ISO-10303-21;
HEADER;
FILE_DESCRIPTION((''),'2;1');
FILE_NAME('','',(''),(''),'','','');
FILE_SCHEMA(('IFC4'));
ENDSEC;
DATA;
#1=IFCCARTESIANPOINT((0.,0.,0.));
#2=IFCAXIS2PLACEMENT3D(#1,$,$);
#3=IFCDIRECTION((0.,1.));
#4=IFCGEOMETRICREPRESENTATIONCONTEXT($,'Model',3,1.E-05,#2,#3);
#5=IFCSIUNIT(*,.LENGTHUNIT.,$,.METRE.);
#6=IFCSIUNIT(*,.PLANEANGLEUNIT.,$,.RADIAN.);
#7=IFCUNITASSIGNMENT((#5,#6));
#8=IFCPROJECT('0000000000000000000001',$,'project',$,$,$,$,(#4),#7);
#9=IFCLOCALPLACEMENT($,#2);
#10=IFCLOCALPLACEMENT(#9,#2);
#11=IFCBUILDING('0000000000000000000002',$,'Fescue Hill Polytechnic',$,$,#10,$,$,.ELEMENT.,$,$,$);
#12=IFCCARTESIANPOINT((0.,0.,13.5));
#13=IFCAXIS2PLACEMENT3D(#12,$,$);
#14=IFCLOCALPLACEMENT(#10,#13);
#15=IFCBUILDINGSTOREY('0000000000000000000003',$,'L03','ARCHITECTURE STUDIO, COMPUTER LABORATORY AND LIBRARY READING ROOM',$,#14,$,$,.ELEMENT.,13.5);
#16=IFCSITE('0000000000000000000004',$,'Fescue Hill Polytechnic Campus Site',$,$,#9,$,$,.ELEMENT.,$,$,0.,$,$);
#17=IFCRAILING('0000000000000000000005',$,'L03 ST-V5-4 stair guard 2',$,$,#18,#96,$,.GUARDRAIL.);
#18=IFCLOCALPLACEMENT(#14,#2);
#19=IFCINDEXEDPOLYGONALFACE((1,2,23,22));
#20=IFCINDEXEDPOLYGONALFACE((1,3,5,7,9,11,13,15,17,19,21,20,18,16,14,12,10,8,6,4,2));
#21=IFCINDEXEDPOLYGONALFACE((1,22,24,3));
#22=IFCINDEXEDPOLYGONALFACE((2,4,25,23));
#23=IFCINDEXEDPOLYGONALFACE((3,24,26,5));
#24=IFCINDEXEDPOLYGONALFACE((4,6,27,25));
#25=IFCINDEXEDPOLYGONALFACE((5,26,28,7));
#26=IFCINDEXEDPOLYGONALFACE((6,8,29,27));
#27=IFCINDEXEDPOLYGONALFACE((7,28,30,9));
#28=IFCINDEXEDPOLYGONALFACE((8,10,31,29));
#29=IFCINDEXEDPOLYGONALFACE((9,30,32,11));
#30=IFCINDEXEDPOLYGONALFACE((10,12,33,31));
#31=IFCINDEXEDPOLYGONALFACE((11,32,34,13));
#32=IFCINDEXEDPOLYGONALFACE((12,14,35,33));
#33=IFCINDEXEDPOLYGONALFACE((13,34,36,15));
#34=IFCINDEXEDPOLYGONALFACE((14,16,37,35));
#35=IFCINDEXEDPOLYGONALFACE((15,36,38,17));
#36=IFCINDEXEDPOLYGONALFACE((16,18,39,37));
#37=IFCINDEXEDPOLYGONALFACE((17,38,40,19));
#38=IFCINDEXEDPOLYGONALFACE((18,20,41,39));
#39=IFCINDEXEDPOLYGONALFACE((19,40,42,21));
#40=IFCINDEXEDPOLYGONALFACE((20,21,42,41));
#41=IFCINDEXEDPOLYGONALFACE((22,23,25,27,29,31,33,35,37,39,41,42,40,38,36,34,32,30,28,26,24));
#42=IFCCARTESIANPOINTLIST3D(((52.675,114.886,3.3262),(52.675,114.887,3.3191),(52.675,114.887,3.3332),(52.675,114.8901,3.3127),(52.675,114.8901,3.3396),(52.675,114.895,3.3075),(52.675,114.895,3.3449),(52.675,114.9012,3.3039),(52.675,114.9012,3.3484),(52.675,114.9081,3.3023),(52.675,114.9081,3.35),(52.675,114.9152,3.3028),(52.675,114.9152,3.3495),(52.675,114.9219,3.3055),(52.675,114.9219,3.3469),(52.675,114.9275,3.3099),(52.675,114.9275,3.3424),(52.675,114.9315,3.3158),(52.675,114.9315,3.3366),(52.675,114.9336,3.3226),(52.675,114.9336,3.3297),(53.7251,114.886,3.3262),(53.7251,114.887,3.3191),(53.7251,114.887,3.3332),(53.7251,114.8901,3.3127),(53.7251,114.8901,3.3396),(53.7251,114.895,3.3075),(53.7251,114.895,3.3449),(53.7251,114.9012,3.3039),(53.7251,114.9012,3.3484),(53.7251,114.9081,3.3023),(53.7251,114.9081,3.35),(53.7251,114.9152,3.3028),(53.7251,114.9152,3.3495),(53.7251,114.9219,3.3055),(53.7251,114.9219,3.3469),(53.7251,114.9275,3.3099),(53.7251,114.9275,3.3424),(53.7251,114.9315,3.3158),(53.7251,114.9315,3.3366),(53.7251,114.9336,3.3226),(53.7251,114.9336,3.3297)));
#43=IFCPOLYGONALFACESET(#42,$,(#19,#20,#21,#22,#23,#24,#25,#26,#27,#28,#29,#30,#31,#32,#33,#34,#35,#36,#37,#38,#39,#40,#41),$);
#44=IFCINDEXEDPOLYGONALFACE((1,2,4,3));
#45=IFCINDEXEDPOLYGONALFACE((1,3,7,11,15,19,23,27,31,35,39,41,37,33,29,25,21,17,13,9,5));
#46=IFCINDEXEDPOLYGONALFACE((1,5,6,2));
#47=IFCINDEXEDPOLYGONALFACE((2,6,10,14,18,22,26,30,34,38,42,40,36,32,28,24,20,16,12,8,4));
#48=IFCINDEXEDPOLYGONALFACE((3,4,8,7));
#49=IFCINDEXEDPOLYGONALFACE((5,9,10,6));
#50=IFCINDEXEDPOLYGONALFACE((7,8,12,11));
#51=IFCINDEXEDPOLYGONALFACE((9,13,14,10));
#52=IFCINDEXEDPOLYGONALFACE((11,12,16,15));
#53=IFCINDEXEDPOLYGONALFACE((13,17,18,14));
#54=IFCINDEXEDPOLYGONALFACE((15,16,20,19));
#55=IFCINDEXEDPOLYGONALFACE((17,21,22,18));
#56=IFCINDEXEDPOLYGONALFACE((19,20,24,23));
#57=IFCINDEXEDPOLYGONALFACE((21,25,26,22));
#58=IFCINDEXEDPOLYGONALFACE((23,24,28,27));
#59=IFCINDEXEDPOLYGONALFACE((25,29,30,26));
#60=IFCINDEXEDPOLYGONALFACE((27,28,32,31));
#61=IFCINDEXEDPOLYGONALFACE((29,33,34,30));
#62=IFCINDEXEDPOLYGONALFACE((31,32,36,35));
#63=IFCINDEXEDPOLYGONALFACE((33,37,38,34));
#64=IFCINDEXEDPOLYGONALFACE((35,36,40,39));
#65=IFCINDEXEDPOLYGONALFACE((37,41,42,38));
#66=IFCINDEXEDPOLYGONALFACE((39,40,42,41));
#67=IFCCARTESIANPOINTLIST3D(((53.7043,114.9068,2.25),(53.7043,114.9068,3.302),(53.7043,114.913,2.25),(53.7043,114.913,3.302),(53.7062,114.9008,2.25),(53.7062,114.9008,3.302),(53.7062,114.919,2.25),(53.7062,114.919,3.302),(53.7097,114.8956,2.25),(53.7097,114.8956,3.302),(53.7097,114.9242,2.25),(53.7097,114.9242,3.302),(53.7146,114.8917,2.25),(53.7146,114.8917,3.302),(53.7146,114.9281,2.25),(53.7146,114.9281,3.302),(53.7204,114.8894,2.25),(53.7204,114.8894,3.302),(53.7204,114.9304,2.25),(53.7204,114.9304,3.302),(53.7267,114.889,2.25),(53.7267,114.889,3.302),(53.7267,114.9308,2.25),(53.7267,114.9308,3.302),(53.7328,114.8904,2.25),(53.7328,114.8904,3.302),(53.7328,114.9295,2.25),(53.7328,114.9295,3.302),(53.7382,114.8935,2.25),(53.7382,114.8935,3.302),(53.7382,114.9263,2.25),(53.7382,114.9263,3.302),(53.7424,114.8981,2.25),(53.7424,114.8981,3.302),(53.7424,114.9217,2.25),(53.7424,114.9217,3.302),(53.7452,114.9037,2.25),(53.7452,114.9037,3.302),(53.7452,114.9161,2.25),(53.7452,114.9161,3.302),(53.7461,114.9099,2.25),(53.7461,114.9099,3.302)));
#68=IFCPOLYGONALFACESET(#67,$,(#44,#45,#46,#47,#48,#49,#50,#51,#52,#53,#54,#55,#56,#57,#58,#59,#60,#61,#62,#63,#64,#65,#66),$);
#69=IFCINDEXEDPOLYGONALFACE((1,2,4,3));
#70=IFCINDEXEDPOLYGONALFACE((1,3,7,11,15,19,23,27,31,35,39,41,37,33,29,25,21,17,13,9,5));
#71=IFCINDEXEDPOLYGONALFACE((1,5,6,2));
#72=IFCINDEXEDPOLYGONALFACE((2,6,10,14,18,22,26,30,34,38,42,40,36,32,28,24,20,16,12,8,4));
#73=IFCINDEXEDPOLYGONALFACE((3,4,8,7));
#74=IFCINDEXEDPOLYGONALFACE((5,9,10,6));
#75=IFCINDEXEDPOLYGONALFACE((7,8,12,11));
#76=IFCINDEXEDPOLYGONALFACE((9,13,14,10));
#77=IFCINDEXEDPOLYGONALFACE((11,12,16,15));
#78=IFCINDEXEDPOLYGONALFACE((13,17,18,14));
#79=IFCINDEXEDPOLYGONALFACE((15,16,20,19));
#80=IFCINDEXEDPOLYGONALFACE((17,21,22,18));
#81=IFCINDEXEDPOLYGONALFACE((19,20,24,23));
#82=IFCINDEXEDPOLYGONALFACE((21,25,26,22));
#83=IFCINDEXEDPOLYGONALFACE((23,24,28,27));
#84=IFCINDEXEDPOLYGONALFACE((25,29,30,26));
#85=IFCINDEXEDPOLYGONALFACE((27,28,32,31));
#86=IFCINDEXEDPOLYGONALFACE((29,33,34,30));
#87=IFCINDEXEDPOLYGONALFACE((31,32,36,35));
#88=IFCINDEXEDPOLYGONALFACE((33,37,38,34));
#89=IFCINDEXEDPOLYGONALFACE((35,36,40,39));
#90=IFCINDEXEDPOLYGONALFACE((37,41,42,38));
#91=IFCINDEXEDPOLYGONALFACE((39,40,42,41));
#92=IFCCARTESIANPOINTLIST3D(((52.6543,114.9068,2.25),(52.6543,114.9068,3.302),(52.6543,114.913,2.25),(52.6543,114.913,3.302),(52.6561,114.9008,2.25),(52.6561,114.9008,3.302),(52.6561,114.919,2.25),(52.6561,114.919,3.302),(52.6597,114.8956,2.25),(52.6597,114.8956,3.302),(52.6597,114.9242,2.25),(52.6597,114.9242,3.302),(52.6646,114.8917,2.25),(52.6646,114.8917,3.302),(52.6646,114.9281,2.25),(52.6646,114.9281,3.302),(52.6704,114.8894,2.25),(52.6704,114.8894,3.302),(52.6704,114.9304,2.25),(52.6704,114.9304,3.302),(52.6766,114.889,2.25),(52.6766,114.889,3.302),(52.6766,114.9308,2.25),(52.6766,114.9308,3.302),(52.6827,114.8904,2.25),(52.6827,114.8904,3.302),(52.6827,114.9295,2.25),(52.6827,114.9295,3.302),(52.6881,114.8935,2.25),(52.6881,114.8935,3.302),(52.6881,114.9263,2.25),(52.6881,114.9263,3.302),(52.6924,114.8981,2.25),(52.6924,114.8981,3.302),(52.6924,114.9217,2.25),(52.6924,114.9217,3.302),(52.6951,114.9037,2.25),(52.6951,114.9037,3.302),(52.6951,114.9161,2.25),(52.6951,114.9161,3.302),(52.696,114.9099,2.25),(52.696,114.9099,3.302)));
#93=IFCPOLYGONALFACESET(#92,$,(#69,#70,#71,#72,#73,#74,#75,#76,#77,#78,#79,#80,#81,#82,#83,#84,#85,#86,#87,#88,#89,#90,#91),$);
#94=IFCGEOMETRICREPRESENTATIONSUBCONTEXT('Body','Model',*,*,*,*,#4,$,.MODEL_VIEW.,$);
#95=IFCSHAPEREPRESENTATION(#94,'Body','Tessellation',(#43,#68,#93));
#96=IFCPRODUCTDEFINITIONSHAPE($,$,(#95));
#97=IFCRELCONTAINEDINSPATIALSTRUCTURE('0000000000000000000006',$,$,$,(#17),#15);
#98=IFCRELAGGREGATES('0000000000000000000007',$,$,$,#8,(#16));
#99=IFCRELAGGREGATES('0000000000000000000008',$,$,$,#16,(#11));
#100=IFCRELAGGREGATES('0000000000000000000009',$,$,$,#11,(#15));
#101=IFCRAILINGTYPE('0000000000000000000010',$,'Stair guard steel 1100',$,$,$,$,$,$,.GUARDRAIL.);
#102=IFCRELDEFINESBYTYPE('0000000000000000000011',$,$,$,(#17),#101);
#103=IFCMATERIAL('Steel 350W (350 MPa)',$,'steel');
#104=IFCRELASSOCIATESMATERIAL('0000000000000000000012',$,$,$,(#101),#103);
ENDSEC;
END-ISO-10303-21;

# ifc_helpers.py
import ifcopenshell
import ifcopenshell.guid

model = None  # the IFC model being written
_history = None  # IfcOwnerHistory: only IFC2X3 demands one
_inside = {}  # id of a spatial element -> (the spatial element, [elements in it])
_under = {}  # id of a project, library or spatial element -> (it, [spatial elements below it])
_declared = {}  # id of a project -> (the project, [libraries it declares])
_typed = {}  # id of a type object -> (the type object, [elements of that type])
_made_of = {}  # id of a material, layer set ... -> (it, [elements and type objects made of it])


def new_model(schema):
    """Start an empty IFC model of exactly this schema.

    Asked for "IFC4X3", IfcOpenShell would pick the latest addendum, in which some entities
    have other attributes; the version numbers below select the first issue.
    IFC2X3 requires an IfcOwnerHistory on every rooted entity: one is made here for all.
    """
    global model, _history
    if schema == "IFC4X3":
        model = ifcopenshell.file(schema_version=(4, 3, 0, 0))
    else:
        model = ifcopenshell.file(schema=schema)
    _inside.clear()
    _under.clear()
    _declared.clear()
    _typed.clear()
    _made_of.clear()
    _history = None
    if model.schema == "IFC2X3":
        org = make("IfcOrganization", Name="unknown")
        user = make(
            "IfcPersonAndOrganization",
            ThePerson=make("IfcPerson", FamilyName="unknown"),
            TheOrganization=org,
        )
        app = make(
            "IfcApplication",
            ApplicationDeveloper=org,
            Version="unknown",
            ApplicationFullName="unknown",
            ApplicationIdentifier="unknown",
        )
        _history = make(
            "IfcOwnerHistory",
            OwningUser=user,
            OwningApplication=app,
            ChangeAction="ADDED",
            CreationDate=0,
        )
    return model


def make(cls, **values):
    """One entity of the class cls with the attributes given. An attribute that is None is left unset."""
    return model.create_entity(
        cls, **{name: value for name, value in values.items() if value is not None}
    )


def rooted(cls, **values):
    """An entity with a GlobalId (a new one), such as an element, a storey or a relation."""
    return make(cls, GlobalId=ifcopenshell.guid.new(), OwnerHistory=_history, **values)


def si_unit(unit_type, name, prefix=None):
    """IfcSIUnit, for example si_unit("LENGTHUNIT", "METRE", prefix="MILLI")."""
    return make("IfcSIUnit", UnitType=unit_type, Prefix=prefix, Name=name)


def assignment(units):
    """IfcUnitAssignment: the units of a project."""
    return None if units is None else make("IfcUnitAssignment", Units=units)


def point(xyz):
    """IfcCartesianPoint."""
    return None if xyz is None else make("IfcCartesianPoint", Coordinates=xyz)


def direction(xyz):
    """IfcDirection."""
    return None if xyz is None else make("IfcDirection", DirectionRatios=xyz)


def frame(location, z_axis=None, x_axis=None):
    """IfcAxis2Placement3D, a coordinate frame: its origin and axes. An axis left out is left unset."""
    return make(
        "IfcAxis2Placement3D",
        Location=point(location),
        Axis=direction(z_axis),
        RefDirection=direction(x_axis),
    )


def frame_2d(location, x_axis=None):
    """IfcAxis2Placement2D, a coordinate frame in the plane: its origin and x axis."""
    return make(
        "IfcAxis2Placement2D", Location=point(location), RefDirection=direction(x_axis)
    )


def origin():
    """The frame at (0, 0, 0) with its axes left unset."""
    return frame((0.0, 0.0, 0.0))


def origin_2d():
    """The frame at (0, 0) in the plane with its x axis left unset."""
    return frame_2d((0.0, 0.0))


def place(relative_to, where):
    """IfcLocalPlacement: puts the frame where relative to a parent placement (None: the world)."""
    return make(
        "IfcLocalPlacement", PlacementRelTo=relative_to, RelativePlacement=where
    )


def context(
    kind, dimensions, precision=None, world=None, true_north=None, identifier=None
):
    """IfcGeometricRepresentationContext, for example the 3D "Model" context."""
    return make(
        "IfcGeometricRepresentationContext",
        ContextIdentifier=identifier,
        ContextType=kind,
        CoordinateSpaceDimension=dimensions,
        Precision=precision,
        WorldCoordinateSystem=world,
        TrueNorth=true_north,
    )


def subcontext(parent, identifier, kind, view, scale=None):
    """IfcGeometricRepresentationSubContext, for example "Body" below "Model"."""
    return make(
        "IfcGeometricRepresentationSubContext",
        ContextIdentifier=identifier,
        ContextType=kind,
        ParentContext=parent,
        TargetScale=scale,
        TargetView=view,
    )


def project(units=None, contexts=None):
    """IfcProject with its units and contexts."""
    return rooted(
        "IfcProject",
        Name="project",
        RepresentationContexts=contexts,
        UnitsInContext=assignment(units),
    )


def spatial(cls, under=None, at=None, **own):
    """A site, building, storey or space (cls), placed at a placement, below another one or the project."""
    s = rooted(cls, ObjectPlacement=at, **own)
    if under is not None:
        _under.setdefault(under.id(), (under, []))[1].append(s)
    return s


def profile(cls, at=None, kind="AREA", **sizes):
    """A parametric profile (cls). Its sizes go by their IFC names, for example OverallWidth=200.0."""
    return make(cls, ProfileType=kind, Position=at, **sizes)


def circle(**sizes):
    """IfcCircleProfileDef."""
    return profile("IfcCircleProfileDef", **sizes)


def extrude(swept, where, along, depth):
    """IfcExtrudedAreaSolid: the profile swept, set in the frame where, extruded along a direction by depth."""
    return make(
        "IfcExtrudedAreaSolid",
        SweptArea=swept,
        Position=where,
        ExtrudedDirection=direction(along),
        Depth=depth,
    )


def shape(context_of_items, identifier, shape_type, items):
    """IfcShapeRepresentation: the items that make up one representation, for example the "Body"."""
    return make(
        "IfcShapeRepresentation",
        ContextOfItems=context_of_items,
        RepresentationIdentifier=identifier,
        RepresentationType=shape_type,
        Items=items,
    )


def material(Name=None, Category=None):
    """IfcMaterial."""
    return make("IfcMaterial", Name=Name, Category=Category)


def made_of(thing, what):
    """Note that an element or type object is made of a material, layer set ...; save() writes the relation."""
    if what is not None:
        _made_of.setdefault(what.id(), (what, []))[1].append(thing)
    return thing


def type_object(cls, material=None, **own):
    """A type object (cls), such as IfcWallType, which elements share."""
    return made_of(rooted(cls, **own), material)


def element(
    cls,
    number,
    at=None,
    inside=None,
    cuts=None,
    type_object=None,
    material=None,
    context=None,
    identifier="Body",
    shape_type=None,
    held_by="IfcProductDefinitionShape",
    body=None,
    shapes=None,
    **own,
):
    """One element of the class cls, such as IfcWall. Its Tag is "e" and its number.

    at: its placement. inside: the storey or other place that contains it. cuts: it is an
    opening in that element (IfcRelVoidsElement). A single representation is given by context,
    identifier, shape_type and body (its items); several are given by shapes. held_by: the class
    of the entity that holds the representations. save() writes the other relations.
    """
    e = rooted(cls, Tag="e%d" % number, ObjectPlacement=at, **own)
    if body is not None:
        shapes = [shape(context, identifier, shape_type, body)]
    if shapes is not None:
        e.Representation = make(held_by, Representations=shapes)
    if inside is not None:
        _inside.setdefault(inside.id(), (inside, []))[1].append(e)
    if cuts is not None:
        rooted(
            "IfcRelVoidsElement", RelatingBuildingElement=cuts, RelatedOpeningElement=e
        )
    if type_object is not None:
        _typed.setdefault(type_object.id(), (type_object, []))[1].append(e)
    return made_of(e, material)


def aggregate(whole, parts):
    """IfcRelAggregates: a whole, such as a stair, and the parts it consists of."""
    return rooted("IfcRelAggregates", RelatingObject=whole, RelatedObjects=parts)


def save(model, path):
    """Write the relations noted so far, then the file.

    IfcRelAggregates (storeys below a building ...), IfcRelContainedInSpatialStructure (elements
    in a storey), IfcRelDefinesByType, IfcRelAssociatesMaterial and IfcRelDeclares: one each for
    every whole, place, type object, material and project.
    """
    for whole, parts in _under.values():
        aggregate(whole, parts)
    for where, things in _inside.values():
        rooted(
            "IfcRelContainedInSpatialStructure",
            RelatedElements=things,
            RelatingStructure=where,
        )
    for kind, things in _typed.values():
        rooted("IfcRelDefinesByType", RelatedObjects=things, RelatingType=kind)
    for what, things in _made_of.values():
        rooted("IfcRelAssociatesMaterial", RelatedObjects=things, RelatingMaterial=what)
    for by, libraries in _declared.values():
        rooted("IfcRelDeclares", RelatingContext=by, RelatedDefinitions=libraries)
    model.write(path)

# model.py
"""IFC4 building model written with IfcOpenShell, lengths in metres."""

from ifc_helpers import new_model, si_unit, direction, frame, origin, origin_2d, place, context, subcontext, project, spatial, circle, extrude, material, type_object, element, save


model = new_model("IFC4")

# Units and contexts
model_context = context("Model", 3, precision=1e-05, world=origin(), true_north=direction((0.0, 1.0)))
body_context = subcontext(model_context, "Body", "Model", "MODEL_VIEW")
ifc_project = project(units=[si_unit("LENGTHUNIT", "METRE"), si_unit("PLANEANGLEUNIT", "RADIAN")], contexts=[model_context])

# Site, building, storey
site_placement = place(None, origin())
site = spatial("IfcSite", under=ifc_project, at=site_placement, Name="Fescue Hill Polytechnic Campus Site", CompositionType="ELEMENT", RefElevation=0.0)
building_placement = place(site_placement, origin())
building = spatial("IfcBuilding", under=site, at=building_placement, Name="Fescue Hill Polytechnic", CompositionType="ELEMENT")
storey_placement = place(building_placement, frame((0.0, 0.0, 13.5)))
storey = spatial("IfcBuildingStorey", under=building, at=storey_placement, Name="L03", Description="ARCHITECTURE STUDIO, COMPUTER LABORATORY AND LIBRARY READING ROOM", CompositionType="ELEMENT", Elevation=13.5)

# Railing
ifc_material_1 = material(Name="Steel 350W (350 MPa)", Category="steel")
railing_type_1 = type_object("IfcRailingType", Name="Stair guard steel 1100", PredefinedType="GUARDRAIL", material=ifc_material_1)
railing_1_placement = place(storey_placement, frame((53.7251, 114.9099, 2.25)))
element("IfcRailing", 1, at=railing_1_placement, inside=storey, type_object=railing_type_1, Name="L03 ST-V5-4 stair guard 2", PredefinedType="GUARDRAIL", context=body_context, shape_type="SweptSolid", body=[
    extrude(circle(Radius=0.0239, at=origin_2d()), frame((0.0, 0.0, 1.0762), z_axis=(-1.0, 0.0, 0.0), x_axis=(0.0, -1.0, 0.0)), (0.0, 0.0, 1.0), 1.05),
    extrude(circle(Radius=0.021, at=origin_2d()), origin(), (0.0, 0.0, 1.0), 1.052),
    extrude(circle(Radius=0.021, at=origin_2d()), frame((-1.05, 0.0, 0.0)), (0.0, 0.0, 1.0), 1.052),
])

save(model, "model.ifc")
